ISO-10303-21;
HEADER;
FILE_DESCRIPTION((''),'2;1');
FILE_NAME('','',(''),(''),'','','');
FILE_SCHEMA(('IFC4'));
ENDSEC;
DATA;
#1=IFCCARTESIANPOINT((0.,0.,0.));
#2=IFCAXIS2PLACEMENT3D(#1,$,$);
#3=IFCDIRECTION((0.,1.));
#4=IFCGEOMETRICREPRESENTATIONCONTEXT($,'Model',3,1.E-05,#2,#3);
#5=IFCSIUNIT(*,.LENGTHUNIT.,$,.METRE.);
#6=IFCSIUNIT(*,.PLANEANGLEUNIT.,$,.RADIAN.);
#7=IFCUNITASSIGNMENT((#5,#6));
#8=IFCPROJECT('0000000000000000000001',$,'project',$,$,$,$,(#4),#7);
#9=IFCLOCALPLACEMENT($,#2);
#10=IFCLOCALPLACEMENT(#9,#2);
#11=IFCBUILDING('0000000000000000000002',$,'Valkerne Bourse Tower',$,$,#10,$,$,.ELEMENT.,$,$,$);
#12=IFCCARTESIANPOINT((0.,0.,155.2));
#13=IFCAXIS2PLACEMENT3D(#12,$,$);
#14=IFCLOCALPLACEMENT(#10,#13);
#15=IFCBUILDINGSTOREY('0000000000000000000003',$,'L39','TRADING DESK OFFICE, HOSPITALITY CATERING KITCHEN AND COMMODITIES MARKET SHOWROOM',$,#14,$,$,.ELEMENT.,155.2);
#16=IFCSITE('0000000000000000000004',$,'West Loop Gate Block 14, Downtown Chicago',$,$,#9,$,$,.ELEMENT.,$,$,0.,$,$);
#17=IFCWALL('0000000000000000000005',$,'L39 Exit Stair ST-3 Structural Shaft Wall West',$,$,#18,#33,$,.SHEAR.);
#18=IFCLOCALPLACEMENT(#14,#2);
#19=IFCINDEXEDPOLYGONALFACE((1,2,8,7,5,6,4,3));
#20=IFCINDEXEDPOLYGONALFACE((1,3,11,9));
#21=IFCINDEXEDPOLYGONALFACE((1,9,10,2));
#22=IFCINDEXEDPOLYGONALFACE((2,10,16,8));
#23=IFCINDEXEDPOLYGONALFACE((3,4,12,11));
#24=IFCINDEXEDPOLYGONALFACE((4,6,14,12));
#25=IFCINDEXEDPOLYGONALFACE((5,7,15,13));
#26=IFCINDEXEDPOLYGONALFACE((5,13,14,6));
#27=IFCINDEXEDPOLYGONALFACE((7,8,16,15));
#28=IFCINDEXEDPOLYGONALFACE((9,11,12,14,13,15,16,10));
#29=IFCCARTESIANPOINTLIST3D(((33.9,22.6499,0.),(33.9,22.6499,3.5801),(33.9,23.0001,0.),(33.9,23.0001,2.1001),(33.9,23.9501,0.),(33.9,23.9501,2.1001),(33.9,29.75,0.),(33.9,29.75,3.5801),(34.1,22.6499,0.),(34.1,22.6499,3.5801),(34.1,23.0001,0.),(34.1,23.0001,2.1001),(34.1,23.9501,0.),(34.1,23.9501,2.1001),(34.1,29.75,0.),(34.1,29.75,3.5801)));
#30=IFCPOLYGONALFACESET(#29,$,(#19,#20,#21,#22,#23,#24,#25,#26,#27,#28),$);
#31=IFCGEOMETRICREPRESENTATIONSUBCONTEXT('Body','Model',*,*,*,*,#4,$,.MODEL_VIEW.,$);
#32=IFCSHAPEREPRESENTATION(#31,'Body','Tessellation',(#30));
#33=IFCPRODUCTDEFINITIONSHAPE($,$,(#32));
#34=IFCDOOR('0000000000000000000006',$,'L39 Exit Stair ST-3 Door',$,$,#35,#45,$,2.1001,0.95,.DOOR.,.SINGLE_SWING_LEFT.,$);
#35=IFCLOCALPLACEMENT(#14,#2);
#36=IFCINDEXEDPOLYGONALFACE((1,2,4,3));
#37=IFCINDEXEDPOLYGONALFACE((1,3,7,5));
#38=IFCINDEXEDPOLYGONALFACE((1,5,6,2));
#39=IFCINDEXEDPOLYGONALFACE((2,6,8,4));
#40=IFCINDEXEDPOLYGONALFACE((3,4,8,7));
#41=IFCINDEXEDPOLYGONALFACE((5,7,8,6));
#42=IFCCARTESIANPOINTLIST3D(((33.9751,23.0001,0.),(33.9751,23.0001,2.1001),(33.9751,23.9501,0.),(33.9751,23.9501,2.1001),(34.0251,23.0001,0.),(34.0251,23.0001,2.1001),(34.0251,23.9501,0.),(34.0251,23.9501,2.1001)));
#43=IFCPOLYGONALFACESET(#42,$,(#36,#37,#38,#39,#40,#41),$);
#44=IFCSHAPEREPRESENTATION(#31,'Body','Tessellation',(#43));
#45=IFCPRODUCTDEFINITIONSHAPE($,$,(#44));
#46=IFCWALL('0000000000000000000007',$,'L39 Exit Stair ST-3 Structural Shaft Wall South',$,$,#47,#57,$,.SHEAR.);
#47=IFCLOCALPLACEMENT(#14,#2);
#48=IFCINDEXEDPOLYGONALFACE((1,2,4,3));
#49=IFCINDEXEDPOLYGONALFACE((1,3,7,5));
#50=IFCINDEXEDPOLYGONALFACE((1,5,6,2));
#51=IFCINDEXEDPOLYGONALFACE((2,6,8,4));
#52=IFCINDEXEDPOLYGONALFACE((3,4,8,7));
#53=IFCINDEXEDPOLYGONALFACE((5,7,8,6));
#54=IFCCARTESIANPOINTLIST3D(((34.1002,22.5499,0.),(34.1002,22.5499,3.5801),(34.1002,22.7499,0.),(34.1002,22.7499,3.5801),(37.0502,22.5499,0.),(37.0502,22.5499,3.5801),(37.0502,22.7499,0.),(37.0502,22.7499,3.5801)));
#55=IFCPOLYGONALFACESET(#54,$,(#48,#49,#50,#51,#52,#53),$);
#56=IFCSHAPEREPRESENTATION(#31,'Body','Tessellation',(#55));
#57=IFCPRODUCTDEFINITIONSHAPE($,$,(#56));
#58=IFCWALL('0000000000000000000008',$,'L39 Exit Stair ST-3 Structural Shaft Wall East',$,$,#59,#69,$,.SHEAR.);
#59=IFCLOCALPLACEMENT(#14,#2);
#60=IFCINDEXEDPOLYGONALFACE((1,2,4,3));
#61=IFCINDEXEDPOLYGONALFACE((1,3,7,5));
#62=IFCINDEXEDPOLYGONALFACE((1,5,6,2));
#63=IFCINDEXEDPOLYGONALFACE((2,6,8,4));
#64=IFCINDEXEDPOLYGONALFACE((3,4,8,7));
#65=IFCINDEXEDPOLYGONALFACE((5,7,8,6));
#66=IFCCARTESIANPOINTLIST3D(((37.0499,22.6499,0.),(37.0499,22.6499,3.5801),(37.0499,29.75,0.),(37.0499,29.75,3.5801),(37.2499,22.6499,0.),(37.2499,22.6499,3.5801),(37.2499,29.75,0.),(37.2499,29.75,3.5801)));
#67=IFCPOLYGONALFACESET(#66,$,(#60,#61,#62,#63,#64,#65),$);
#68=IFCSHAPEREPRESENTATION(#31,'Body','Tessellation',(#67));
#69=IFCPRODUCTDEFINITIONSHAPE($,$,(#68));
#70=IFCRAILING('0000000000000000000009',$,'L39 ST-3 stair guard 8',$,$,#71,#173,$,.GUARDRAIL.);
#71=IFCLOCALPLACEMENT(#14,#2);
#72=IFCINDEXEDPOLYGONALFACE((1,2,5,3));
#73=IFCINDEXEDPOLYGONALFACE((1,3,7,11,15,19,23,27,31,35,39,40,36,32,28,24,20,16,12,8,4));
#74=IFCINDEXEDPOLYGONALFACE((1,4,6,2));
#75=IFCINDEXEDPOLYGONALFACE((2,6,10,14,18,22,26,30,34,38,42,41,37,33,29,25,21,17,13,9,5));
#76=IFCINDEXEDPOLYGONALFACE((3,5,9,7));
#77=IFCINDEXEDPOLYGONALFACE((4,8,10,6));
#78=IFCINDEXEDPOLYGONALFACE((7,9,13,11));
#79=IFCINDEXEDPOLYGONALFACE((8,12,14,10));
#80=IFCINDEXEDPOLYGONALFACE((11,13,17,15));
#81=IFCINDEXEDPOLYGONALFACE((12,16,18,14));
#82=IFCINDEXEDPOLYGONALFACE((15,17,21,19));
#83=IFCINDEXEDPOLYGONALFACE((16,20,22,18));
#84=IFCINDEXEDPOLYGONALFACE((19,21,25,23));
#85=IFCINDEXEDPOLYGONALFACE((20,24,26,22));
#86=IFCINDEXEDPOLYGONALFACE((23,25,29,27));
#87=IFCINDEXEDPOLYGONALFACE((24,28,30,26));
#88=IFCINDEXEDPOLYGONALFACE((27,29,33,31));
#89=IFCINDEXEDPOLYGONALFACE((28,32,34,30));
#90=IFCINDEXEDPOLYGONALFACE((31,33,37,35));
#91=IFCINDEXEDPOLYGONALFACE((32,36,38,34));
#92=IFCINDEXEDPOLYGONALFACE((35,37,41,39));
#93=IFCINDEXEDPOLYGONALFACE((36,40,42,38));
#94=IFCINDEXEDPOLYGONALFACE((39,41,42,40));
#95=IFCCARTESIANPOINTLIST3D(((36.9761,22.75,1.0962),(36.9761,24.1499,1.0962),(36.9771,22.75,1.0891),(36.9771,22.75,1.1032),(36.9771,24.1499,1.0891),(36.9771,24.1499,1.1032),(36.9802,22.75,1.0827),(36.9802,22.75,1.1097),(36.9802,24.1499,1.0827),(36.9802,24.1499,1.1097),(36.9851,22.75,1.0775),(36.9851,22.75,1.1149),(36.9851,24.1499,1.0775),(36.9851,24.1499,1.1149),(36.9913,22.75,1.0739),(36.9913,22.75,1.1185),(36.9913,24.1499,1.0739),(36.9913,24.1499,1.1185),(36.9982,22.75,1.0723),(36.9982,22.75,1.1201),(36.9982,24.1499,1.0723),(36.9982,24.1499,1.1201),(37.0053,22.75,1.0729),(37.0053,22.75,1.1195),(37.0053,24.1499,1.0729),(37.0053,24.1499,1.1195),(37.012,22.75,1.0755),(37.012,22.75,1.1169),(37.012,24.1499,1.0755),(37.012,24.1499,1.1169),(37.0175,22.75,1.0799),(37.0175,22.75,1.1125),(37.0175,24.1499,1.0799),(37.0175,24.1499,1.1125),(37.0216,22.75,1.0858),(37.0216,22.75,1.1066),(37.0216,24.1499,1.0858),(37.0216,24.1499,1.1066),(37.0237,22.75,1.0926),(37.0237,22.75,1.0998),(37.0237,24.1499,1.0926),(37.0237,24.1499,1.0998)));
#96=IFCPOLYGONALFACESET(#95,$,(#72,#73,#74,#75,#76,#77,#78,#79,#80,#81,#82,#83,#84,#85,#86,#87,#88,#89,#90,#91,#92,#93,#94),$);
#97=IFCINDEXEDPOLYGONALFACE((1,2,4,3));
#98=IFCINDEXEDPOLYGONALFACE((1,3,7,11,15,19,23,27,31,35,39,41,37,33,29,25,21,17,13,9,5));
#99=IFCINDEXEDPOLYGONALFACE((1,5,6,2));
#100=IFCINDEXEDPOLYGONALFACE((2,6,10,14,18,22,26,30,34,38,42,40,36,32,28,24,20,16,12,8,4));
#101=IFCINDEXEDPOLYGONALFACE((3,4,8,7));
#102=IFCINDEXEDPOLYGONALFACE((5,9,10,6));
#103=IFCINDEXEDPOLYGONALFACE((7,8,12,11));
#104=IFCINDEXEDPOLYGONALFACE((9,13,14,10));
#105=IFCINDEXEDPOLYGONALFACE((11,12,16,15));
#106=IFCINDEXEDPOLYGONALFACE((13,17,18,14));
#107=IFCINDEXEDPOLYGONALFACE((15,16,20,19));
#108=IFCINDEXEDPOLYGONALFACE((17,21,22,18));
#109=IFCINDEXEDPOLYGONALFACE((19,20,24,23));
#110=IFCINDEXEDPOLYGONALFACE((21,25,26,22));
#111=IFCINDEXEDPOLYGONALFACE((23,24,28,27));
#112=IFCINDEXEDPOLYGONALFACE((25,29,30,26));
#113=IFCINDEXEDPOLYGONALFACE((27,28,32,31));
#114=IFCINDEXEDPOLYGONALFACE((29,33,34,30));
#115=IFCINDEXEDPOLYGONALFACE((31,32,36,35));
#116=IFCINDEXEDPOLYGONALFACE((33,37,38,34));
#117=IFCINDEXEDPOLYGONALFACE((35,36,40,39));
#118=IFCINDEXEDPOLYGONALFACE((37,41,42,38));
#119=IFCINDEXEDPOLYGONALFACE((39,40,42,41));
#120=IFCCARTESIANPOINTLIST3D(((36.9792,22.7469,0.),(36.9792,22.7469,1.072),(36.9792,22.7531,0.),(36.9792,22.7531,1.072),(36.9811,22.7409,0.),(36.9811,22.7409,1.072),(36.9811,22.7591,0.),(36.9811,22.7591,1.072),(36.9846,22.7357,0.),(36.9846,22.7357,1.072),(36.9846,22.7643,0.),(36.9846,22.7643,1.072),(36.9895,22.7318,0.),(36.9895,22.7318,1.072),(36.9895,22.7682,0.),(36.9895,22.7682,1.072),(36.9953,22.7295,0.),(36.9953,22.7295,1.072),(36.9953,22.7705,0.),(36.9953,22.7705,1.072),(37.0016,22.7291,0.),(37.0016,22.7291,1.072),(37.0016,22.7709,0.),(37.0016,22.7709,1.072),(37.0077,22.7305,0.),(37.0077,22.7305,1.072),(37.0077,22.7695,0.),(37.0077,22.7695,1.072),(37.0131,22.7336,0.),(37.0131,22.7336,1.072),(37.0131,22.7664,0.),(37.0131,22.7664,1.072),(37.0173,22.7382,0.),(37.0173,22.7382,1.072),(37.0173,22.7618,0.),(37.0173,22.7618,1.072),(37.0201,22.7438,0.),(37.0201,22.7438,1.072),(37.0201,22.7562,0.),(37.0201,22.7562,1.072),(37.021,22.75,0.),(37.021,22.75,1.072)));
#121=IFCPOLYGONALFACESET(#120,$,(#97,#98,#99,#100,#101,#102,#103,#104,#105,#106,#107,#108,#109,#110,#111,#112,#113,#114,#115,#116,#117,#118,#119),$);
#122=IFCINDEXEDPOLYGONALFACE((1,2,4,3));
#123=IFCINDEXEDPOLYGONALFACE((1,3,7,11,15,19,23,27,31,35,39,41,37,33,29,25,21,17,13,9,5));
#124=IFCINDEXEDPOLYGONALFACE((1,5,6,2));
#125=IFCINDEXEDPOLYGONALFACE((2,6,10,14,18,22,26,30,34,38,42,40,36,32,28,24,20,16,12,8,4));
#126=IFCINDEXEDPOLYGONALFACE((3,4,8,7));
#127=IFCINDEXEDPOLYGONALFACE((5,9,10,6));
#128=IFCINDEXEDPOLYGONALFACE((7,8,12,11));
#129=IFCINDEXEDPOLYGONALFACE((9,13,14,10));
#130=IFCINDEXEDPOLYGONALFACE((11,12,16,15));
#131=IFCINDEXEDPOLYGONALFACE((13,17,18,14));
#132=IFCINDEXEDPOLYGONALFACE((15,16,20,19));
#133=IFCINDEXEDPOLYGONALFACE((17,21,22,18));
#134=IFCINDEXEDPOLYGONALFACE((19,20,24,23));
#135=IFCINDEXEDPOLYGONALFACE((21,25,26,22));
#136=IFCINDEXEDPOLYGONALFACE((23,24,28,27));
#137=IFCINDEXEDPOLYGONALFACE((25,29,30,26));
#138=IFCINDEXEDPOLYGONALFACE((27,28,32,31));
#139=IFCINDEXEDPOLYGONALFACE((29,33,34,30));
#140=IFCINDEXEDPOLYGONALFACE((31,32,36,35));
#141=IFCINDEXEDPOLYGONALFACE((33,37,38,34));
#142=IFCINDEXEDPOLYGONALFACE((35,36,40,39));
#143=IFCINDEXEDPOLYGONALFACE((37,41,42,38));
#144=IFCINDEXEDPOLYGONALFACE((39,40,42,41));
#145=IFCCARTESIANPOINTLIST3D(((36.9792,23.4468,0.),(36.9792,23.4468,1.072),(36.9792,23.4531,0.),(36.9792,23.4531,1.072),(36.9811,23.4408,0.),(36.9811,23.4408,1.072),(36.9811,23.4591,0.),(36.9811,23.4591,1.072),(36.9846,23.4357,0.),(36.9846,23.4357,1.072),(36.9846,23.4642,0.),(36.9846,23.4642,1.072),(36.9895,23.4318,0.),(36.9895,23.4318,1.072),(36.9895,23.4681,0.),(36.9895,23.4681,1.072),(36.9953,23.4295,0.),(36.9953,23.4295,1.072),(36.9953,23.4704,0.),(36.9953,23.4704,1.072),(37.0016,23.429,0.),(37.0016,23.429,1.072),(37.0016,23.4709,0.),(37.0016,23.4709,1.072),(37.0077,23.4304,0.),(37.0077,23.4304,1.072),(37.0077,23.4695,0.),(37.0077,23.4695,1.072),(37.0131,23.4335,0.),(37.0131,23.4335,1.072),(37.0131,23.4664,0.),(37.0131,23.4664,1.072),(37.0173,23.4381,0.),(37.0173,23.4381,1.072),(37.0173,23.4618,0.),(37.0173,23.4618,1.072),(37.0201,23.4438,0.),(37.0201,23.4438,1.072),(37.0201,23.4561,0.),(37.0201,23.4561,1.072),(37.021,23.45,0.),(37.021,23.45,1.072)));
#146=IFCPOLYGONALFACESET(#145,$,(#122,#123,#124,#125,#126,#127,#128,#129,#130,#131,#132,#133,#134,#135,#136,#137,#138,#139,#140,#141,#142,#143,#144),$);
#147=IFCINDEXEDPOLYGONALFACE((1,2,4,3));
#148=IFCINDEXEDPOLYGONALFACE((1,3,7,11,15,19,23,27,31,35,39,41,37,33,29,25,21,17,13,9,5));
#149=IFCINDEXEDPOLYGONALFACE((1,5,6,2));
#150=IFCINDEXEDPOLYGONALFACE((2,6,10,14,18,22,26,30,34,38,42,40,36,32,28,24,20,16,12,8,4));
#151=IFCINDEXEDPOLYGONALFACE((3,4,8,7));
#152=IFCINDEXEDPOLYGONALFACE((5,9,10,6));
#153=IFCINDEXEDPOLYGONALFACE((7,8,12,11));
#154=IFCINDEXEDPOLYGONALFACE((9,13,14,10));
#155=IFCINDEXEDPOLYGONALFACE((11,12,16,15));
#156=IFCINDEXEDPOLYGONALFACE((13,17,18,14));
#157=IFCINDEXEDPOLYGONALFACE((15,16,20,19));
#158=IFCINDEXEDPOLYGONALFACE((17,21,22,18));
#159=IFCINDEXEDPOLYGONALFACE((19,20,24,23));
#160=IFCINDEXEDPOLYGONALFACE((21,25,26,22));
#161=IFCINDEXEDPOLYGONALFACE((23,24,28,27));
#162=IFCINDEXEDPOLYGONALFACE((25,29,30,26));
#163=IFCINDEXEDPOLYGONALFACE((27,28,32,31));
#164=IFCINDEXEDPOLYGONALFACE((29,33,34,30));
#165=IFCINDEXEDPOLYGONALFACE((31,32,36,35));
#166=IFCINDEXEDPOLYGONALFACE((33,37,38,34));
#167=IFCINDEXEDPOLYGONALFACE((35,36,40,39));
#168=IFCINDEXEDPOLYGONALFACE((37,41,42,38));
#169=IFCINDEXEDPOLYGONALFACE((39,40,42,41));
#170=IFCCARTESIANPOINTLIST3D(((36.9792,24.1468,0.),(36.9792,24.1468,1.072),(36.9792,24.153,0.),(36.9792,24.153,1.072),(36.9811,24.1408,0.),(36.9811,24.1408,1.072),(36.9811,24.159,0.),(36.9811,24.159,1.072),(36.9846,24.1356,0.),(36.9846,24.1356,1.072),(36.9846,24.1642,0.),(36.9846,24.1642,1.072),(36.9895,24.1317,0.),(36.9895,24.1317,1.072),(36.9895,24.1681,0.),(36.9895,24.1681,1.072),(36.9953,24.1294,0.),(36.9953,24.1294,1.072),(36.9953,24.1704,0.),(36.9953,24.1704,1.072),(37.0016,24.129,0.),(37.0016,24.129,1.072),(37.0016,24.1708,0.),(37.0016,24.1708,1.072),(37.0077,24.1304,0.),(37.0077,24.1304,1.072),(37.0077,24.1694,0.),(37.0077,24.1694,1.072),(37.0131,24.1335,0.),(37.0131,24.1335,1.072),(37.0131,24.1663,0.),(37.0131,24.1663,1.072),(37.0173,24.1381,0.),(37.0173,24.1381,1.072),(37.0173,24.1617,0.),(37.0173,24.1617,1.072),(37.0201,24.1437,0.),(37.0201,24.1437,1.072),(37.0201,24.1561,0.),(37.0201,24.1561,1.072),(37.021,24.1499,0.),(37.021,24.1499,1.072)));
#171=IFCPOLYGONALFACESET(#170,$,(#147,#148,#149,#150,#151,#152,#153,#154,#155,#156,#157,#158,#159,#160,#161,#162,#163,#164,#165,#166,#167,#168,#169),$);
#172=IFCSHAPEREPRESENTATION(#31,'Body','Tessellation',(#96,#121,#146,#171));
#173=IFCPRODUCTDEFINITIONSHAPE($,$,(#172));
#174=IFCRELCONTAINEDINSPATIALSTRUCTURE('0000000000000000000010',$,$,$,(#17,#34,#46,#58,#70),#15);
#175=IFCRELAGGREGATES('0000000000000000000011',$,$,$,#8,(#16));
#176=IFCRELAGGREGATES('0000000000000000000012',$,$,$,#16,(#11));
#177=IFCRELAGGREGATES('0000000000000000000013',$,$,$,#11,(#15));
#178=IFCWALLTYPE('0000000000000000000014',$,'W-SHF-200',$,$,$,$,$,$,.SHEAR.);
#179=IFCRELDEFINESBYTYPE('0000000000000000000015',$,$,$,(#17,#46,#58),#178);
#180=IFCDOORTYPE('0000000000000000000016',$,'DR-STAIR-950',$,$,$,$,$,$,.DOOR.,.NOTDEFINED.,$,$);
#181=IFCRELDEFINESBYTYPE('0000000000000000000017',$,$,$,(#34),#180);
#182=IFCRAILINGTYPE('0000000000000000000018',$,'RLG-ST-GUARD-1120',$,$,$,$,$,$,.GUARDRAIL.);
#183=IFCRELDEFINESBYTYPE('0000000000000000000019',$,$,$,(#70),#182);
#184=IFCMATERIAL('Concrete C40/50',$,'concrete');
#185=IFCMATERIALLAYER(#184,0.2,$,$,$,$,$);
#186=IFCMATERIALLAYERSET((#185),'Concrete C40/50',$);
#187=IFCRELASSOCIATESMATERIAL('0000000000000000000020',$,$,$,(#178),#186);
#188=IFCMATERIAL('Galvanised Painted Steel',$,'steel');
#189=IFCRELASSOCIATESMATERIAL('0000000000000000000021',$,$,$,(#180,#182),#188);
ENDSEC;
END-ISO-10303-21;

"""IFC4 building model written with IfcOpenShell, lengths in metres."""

from ifc_helpers import new_model, si_unit, direction, frame, frame_2d, origin, origin_2d, place, context, subcontext, project, spatial, rectangle, circle, extrude, material, layer, layer_set, type_object, element, fill, save


model = new_model("IFC4")

# Units and contexts
model_context = context("Model", 3, precision=1e-05, world=origin(), true_north=direction((0.0, 1.0)))
body_context = subcontext(model_context, "Body", "Model", "MODEL_VIEW")
ifc_project = project(units=[si_unit("LENGTHUNIT", "METRE"), si_unit("PLANEANGLEUNIT", "RADIAN")], contexts=[model_context])

# Site, building, storey
site_placement = place(None, origin())
site = spatial("IfcSite", under=ifc_project, at=site_placement, Name="West Loop Gate Block 14, Downtown Chicago", CompositionType="ELEMENT", RefElevation=0.0)
building_placement = place(site_placement, origin())
building = spatial("IfcBuilding", under=site, at=building_placement, Name="Valkerne Bourse Tower", CompositionType="ELEMENT")
storey_placement = place(building_placement, frame((0.0, 0.0, 155.2)))
storey = spatial("IfcBuildingStorey", under=building, at=storey_placement, Name="L39", Description="TRADING DESK OFFICE, HOSPITALITY CATERING KITCHEN AND COMMODITIES MARKET SHOWROOM", CompositionType="ELEMENT", Elevation=155.2)

# Wall, opening, door
ifc_material_1 = material(Name="Concrete C40/50", Category="concrete")
ifc_layer_1 = layer(ifc_material_1, 0.2)
ifc_layer_set_1 = layer_set([ifc_layer_1], Name="Concrete C40/50")
wall_type_1 = type_object("IfcWallType", Name="W-SHF-200", PredefinedType="SHEAR", material=ifc_layer_set_1)
wall_1_placement = place(storey_placement, frame((34.0, 22.6499, 0.0), z_axis=(0.0, 0.0, 1.0), x_axis=(0.0, 1.0, 0.0)))
wall_1 = element("IfcWall", 1, at=wall_1_placement, inside=storey, type_object=wall_type_1, Name="L39 Exit Stair ST-3 Structural Shaft Wall West", PredefinedType="SHEAR", context=body_context, shape_type="SweptSolid", body=[
    extrude(rectangle(XDim=7.1001, YDim=0.2, at=frame_2d((3.55, 0.0))), origin(), (0.0, 0.0, 1.0), 3.5801),
])
opening_1_placement = place(wall_1_placement, frame((0.3501, 0.0, 0.0)))
opening_1 = element("IfcOpeningElement", 2, at=opening_1_placement, cuts=wall_1, PredefinedType="OPENING", context=body_context, shape_type="SweptSolid", body=[
    extrude(rectangle(XDim=0.95, YDim=2.1001, at=frame_2d((0.4751, 1.05))), frame((0.0, 0.1099, 0.0), z_axis=(0.0, -1.0, 0.0), x_axis=(1.0, 0.0, 0.0)), (0.0, 0.0, 1.0), 0.22),
])
ifc_material_2 = material(Name="Galvanised Painted Steel", Category="steel")
door_type_1 = type_object("IfcDoorType", Name="DR-STAIR-950", OperationType="NOTDEFINED", PredefinedType="DOOR", material=ifc_material_2)
door_1_placement = place(opening_1_placement, origin())
door_1 = element("IfcDoor", 3, at=door_1_placement, inside=storey, type_object=door_type_1, Name="L39 Exit Stair ST-3 Door", OperationType="SINGLE_SWING_LEFT", OverallHeight=2.1001, OverallWidth=0.95, PredefinedType="DOOR", context=body_context, shape_type="SweptSolid", body=[
    extrude(rectangle(XDim=0.95, YDim=2.1001, at=frame_2d((0.4751, 1.05))), frame((0.0, 0.0249, 0.0), z_axis=(0.0, -1.0, 0.0), x_axis=(1.0, 0.0, 0.0)), (0.0, 0.0, 1.0), 0.05),
])
fill(opening_1, door_1)

# Walls
wall_2_placement = place(storey_placement, frame((34.1001, 22.6499, 0.0), z_axis=(0.0, 0.0, 1.0), x_axis=(1.0, 0.0, 0.0)))
element("IfcWall", 4, at=wall_2_placement, inside=storey, type_object=wall_type_1, Name="L39 Exit Stair ST-3 Structural Shaft Wall South", PredefinedType="SHEAR", context=body_context, shape_type="SweptSolid", body=[
    extrude(rectangle(XDim=2.95, YDim=0.2, at=frame_2d((1.4751, 0.0))), origin(), (0.0, 0.0, 1.0), 3.5801),
])
wall_3_placement = place(storey_placement, frame((37.1499, 22.6499, 0.0), z_axis=(0.0, 0.0, 1.0), x_axis=(0.0, 1.0, 0.0)))
element("IfcWall", 5, at=wall_3_placement, inside=storey, type_object=wall_type_1, Name="L39 Exit Stair ST-3 Structural Shaft Wall East", PredefinedType="SHEAR", context=body_context, shape_type="SweptSolid", body=[
    extrude(rectangle(XDim=7.1001, YDim=0.2, at=frame_2d((3.55, 0.0))), origin(), (0.0, 0.0, 1.0), 3.5801),
])

# Railing
railing_type = type_object("IfcRailingType", Name="RLG-ST-GUARD-1120", PredefinedType="GUARDRAIL", material=ifc_material_2)
for number, where, name in (
    (6, (37.0, 22.75, 0.0), "L39 ST-3 stair guard 8"),
):
    element("IfcRailing", number, at=place(storey_placement, frame(where)), inside=storey, type_object=railing_type, Name=name, PredefinedType="GUARDRAIL", context=body_context, shape_type="SweptSolid", body=[
        extrude(circle(Radius=0.0239, at=origin_2d()), frame((0.0, 0.0, 1.0962), z_axis=(0.0, 1.0, 0.0), x_axis=(-1.0, 0.0, 0.0)), (0.0, 0.0, 1.0), 1.3999),
        extrude(circle(Radius=0.021, at=origin_2d()), origin(), (0.0, 0.0, 1.0), 1.072),
        extrude(circle(Radius=0.021, at=origin_2d()), frame((0.0, 0.7, 0.0)), (0.0, 0.0, 1.0), 1.072),
        extrude(circle(Radius=0.021, at=origin_2d()), frame((0.0, 1.3999, 0.0)), (0.0, 0.0, 1.0), 1.072),
    ])

save(model, "model.ifc")
